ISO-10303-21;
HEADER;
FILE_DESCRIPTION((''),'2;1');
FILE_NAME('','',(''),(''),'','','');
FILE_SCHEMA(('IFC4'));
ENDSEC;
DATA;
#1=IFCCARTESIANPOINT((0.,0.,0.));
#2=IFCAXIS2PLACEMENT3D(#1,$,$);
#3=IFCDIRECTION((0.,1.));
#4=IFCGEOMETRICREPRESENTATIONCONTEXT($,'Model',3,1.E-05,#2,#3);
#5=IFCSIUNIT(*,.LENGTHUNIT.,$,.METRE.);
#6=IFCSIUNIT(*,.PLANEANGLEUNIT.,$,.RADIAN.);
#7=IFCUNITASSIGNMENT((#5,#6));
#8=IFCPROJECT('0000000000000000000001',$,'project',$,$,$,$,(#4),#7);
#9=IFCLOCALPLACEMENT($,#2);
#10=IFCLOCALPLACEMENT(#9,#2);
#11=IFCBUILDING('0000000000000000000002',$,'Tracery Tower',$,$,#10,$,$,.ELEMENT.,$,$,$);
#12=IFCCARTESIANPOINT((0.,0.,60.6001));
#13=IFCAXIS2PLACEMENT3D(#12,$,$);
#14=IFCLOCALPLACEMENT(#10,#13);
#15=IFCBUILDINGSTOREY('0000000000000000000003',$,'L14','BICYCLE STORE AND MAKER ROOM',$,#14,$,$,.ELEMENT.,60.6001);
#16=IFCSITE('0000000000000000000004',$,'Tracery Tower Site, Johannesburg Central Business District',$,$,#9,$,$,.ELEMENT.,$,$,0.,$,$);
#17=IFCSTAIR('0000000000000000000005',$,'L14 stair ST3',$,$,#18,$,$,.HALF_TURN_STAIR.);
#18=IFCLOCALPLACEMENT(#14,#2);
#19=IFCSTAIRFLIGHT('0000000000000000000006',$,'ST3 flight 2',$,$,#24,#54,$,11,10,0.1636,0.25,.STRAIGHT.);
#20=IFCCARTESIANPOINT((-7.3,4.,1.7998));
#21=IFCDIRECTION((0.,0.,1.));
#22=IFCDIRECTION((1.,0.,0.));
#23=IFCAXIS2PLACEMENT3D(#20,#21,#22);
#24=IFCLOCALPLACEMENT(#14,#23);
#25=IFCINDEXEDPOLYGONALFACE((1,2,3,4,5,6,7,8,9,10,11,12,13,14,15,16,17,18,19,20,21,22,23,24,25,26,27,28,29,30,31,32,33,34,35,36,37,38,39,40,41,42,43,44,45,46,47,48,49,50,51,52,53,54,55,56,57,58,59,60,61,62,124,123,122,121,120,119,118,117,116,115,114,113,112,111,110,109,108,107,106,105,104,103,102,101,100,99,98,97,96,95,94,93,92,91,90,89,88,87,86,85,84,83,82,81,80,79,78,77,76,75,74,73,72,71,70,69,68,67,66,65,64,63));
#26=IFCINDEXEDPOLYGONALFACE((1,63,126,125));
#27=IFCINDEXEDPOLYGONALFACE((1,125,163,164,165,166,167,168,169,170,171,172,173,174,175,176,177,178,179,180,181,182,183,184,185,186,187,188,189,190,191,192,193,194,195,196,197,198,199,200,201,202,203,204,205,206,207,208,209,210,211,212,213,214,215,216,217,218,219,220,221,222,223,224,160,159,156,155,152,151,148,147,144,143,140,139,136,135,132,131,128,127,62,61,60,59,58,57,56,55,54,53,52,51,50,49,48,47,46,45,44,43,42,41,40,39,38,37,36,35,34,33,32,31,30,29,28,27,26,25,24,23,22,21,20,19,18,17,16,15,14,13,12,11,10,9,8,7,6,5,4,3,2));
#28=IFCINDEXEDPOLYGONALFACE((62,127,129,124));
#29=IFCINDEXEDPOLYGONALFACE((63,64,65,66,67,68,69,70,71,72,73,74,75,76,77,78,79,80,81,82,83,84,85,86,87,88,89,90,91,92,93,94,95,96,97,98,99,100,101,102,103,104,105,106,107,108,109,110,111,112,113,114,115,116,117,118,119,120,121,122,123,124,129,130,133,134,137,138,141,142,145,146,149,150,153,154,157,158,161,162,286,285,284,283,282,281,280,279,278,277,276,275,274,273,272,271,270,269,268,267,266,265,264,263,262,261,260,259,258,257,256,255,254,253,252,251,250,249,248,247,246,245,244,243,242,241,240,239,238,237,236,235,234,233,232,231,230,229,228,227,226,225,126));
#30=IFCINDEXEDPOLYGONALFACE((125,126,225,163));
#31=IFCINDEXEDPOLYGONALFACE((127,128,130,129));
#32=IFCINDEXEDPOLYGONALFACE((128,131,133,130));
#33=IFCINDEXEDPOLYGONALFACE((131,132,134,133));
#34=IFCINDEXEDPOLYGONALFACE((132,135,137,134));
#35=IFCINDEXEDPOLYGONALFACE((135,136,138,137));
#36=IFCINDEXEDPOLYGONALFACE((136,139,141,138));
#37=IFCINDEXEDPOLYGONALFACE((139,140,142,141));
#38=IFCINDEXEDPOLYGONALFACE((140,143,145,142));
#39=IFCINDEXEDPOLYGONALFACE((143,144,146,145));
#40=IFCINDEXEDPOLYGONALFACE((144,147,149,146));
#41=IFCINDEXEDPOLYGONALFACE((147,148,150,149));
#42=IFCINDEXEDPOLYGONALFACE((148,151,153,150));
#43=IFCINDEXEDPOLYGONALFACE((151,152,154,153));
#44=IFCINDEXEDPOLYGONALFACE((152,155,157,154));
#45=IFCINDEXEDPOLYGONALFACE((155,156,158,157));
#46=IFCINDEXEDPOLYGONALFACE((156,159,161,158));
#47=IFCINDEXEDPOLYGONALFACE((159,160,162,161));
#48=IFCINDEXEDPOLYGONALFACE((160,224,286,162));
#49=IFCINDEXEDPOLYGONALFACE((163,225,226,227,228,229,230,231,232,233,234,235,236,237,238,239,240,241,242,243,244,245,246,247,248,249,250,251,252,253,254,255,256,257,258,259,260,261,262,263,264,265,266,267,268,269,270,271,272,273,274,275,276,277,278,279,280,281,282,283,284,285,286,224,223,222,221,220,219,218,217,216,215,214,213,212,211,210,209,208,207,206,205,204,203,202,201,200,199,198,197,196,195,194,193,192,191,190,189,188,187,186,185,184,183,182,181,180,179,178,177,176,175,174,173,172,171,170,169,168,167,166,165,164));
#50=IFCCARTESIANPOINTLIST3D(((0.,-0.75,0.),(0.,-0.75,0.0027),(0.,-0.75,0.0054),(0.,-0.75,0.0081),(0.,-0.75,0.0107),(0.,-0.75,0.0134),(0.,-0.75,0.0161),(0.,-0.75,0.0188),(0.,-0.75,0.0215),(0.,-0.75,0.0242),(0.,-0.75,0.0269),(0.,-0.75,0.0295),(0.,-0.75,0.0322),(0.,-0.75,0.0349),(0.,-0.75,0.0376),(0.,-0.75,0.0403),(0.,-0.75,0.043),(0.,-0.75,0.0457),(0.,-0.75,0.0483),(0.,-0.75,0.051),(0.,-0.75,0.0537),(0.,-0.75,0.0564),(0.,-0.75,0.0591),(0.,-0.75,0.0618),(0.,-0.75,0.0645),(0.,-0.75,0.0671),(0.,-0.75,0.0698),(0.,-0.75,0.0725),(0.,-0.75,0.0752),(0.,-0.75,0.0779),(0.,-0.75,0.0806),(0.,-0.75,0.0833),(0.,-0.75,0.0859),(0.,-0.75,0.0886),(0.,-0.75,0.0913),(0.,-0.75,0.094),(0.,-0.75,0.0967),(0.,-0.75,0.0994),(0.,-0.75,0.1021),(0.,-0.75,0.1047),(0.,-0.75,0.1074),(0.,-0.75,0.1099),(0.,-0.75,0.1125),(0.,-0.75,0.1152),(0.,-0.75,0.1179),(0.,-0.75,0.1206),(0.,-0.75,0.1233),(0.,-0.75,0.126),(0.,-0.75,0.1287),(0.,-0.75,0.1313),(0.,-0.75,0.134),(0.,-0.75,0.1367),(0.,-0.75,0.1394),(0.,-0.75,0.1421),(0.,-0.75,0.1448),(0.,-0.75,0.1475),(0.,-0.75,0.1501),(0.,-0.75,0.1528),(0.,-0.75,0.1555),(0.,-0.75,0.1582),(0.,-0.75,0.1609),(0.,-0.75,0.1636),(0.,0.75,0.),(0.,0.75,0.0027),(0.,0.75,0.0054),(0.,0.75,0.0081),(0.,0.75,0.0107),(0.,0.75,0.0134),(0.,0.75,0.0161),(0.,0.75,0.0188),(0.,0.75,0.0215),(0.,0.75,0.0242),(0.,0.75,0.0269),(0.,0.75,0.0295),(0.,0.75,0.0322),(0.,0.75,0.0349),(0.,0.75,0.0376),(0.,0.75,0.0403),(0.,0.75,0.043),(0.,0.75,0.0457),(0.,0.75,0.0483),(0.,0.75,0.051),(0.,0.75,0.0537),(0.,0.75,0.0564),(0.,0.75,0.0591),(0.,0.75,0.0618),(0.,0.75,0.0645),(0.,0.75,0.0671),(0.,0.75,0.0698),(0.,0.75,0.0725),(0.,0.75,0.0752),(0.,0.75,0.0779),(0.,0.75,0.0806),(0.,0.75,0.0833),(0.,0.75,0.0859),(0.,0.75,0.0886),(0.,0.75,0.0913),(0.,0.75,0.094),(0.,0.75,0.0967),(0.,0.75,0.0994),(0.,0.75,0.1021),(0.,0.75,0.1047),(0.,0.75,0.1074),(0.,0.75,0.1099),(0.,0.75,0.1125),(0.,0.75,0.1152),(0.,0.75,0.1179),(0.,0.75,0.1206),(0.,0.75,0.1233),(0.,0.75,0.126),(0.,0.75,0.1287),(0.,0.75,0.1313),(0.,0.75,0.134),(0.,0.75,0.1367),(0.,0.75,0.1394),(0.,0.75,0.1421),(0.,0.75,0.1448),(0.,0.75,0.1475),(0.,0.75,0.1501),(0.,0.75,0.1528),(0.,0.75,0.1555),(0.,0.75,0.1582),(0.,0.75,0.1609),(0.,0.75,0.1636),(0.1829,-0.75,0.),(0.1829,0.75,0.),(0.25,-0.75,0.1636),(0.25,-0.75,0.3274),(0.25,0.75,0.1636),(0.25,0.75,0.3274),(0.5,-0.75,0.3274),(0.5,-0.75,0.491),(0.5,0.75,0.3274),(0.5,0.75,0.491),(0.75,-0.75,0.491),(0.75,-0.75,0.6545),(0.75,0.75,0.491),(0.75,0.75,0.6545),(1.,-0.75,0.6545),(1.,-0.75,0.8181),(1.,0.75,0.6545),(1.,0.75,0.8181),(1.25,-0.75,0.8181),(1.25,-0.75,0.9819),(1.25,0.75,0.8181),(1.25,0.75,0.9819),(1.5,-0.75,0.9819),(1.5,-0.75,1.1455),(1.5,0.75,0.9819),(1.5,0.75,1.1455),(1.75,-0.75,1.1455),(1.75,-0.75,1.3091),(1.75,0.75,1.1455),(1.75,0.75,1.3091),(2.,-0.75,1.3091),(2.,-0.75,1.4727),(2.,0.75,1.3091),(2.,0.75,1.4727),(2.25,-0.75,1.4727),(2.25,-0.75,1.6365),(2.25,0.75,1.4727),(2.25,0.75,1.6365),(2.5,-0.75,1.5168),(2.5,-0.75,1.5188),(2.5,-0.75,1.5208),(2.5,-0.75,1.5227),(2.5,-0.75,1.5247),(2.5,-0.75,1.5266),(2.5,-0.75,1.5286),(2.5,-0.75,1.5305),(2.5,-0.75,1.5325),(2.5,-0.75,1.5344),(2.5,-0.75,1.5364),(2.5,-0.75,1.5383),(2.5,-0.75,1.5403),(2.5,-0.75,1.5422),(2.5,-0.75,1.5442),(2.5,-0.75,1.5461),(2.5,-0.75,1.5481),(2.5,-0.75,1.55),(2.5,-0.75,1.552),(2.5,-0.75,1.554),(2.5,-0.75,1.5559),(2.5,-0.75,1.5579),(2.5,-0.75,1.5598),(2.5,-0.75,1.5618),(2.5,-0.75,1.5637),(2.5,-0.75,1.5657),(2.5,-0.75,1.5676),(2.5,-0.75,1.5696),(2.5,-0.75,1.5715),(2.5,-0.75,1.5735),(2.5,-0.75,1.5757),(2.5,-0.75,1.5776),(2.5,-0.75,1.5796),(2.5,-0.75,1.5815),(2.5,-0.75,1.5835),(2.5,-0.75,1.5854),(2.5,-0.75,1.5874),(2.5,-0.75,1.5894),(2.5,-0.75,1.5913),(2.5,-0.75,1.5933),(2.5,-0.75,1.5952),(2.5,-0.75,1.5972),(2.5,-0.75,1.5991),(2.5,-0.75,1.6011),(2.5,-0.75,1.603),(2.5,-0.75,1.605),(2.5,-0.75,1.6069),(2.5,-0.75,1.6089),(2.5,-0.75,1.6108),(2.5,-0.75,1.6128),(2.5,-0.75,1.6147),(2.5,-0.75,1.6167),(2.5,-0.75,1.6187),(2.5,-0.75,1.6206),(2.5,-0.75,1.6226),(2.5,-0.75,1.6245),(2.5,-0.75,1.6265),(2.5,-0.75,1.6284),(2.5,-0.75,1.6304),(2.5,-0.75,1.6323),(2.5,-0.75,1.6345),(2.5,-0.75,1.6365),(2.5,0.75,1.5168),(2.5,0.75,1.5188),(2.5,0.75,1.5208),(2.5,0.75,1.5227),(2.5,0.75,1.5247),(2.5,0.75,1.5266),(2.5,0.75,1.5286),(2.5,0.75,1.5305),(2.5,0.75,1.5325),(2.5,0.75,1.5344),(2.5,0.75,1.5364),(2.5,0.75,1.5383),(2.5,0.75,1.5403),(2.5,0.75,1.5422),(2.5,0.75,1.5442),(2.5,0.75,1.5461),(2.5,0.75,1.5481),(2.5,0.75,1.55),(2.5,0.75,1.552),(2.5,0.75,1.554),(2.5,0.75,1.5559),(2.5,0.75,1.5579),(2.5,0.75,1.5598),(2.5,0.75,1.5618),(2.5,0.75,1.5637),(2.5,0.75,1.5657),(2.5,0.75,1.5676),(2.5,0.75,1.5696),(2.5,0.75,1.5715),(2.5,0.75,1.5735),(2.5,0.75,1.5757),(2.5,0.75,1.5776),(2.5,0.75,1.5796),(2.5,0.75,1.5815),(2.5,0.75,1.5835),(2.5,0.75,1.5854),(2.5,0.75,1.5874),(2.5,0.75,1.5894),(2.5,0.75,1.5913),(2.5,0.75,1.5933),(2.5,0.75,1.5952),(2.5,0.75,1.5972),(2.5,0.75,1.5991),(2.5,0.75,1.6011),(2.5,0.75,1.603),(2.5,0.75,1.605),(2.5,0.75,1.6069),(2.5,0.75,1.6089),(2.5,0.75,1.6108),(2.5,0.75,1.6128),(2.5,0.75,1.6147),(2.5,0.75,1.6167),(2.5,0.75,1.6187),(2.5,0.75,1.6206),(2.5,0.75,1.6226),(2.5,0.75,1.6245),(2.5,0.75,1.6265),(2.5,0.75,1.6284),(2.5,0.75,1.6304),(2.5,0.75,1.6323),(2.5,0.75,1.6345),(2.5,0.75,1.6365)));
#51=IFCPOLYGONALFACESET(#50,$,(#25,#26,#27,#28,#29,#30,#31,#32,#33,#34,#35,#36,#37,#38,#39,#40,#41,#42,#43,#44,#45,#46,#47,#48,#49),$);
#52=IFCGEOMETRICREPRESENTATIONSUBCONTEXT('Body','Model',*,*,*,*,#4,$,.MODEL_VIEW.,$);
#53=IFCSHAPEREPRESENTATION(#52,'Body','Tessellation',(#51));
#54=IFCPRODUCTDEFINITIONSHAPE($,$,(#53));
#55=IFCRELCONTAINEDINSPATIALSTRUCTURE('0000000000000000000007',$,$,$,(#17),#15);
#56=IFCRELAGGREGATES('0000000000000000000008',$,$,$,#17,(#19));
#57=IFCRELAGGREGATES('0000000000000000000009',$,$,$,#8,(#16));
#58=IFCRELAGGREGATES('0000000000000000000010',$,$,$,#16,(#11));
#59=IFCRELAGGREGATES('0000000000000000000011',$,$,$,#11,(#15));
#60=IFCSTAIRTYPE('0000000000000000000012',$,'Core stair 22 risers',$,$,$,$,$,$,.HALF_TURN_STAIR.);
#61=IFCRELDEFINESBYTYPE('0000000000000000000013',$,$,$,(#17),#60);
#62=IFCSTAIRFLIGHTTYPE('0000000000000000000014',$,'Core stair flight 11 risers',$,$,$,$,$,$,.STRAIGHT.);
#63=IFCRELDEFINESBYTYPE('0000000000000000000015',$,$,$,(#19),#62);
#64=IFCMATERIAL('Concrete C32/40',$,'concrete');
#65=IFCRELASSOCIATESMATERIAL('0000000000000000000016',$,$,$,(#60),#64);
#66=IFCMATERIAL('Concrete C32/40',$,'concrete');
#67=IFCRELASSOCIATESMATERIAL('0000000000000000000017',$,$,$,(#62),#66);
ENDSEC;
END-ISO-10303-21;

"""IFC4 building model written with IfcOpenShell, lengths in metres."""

from ifc_helpers import new_model, si_unit, direction, frame, origin, place, context, subcontext, project, spatial, polyline, outline, extrude, material, type_object, element, aggregate, save


model = new_model("IFC4")

# Units and contexts
model_context = context("Model", 3, precision=1e-05, world=origin(), true_north=direction((0.0, 1.0)))
body_context = subcontext(model_context, "Body", "Model", "MODEL_VIEW")
ifc_project = project(units=[si_unit("LENGTHUNIT", "METRE"), si_unit("PLANEANGLEUNIT", "RADIAN")], contexts=[model_context])

# Site, building, storey
site_placement = place(None, origin())
site = spatial("IfcSite", under=ifc_project, at=site_placement, Name="Tracery Tower Site, Johannesburg Central Business District", CompositionType="ELEMENT", RefElevation=0.0)
building_placement = place(site_placement, origin())
building = spatial("IfcBuilding", under=site, at=building_placement, Name="Tracery Tower", CompositionType="ELEMENT")
storey_placement = place(building_placement, frame((0.0, 0.0, 60.6001)))
storey = spatial("IfcBuildingStorey", under=building, at=storey_placement, Name="L14", Description="BICYCLE STORE AND MAKER ROOM", CompositionType="ELEMENT", Elevation=60.6001)

# Stair, stair flight
ifc_material_1 = material(Name="Concrete C32/40", Category="concrete")
stair_type = type_object("IfcStairType", Name="Core stair 22 risers", PredefinedType="HALF_TURN_STAIR", material=ifc_material_1)
stair_placement = place(storey_placement, origin())
stair = element("IfcStair", 1, at=stair_placement, inside=storey, type_object=stair_type, Name="L14 stair ST3", PredefinedType="HALF_TURN_STAIR")
ifc_material_2 = material(Name="Concrete C32/40", Category="concrete")
stair_flight_type = type_object("IfcStairFlightType", Name="Core stair flight 11 risers", PredefinedType="STRAIGHT", material=ifc_material_2)
stair_flight_1_placement = place(storey_placement, frame((-7.3, 4.0, 1.7998), z_axis=(0.0, 0.0, 1.0), x_axis=(1.0, 0.0, 0.0)))
stair_flight_1 = element("IfcStairFlight", 2, at=stair_flight_1_placement, type_object=stair_flight_type, Name="ST3 flight 2", NumberOfRisers=11, NumberOfTreads=10, PredefinedType="STRAIGHT", RiserHeight=0.1636, TreadLength=0.25, context=body_context, shape_type="SweptSolid", body=[
    extrude(outline(polyline([(0.0, 0.0), (0.0, 0.0027), (0.0, 0.0054), (0.0, 0.0081), (0.0, 0.0107), (0.0, 0.0134), (0.0, 0.0161), (0.0, 0.0188), (0.0, 0.0215), (0.0, 0.0242), (0.0, 0.0269), (0.0, 0.0295), (0.0, 0.0322), (0.0, 0.0349), (0.0, 0.0376), (0.0, 0.0403), (0.0, 0.043), (0.0, 0.0457), (0.0, 0.0483), (0.0, 0.051), (0.0, 0.0537), (0.0, 0.0564), (0.0, 0.0591), (0.0, 0.0618), (0.0, 0.0645), (0.0, 0.0671), (0.0, 0.0698), (0.0, 0.0725), (0.0, 0.0752), (0.0, 0.0779), (0.0, 0.0806), (0.0, 0.0833), (0.0, 0.0859), (0.0, 0.0886), (0.0, 0.0913), (0.0, 0.094), (0.0, 0.0967), (0.0, 0.0994), (0.0, 0.1021), (0.0, 0.1047), (0.0, 0.1074), (0.0, 0.1099), (0.0, 0.1125), (0.0, 0.1152), (0.0, 0.1179), (0.0, 0.1206), (0.0, 0.1233), (0.0, 0.126), (0.0, 0.1287), (0.0, 0.1313), (0.0, 0.134), (0.0, 0.1367), (0.0, 0.1394), (0.0, 0.1421), (0.0, 0.1448), (0.0, 0.1475), (0.0, 0.1501), (0.0, 0.1528), (0.0, 0.1555), (0.0, 0.1582), (0.0, 0.1609), (0.0, 0.1636), (0.25, 0.1636), (0.25, 0.3274), (0.5, 0.3274), (0.5, 0.491), (0.75, 0.491), (0.75, 0.6545), (1.0, 0.6545), (1.0, 0.8181), (1.25, 0.8181), (1.25, 0.9819), (1.5, 0.9819), (1.5, 1.1455), (1.75, 1.1455), (1.75, 1.3091), (2.0, 1.3091), (2.0, 1.4727), (2.25, 1.4727), (2.25, 1.6365), (2.5, 1.6365), (2.5, 1.6345), (2.5, 1.6323), (2.5, 1.6304), (2.5, 1.6284), (2.5, 1.6265), (2.5, 1.6245), (2.5, 1.6226), (2.5, 1.6206), (2.5, 1.6187), (2.5, 1.6167), (2.5, 1.6147), (2.5, 1.6128), (2.5, 1.6108), (2.5, 1.6089), (2.5, 1.6069), (2.5, 1.605), (2.5, 1.603), (2.5, 1.6011), (2.5, 1.5991), (2.5, 1.5972), (2.5, 1.5952), (2.5, 1.5933), (2.5, 1.5913), (2.5, 1.5894), (2.5, 1.5874), (2.5, 1.5854), (2.5, 1.5835), (2.5, 1.5815), (2.5, 1.5796), (2.5, 1.5776), (2.5, 1.5757), (2.5, 1.5735), (2.5, 1.5715), (2.5, 1.5696), (2.5, 1.5676), (2.5, 1.5657), (2.5, 1.5637), (2.5, 1.5618), (2.5, 1.5598), (2.5, 1.5579), (2.5, 1.5559), (2.5, 1.554), (2.5, 1.552), (2.5, 1.55), (2.5, 1.5481), (2.5, 1.5461), (2.5, 1.5442), (2.5, 1.5422), (2.5, 1.5403), (2.5, 1.5383), (2.5, 1.5364), (2.5, 1.5344), (2.5, 1.5325), (2.5, 1.5305), (2.5, 1.5286), (2.5, 1.5266), (2.5, 1.5247), (2.5, 1.5227), (2.5, 1.5208), (2.5, 1.5188), (2.5, 1.5168), (0.1829, 0.0), (0.0, 0.0)])), frame((0.0, 0.75, 0.0), z_axis=(0.0, -1.0, 0.0), x_axis=(1.0, 0.0, 0.0)), (0.0, 0.0, 1.0), 1.5),
])
aggregate(stair, [stair_flight_1])

save(model, "model.ifc")
